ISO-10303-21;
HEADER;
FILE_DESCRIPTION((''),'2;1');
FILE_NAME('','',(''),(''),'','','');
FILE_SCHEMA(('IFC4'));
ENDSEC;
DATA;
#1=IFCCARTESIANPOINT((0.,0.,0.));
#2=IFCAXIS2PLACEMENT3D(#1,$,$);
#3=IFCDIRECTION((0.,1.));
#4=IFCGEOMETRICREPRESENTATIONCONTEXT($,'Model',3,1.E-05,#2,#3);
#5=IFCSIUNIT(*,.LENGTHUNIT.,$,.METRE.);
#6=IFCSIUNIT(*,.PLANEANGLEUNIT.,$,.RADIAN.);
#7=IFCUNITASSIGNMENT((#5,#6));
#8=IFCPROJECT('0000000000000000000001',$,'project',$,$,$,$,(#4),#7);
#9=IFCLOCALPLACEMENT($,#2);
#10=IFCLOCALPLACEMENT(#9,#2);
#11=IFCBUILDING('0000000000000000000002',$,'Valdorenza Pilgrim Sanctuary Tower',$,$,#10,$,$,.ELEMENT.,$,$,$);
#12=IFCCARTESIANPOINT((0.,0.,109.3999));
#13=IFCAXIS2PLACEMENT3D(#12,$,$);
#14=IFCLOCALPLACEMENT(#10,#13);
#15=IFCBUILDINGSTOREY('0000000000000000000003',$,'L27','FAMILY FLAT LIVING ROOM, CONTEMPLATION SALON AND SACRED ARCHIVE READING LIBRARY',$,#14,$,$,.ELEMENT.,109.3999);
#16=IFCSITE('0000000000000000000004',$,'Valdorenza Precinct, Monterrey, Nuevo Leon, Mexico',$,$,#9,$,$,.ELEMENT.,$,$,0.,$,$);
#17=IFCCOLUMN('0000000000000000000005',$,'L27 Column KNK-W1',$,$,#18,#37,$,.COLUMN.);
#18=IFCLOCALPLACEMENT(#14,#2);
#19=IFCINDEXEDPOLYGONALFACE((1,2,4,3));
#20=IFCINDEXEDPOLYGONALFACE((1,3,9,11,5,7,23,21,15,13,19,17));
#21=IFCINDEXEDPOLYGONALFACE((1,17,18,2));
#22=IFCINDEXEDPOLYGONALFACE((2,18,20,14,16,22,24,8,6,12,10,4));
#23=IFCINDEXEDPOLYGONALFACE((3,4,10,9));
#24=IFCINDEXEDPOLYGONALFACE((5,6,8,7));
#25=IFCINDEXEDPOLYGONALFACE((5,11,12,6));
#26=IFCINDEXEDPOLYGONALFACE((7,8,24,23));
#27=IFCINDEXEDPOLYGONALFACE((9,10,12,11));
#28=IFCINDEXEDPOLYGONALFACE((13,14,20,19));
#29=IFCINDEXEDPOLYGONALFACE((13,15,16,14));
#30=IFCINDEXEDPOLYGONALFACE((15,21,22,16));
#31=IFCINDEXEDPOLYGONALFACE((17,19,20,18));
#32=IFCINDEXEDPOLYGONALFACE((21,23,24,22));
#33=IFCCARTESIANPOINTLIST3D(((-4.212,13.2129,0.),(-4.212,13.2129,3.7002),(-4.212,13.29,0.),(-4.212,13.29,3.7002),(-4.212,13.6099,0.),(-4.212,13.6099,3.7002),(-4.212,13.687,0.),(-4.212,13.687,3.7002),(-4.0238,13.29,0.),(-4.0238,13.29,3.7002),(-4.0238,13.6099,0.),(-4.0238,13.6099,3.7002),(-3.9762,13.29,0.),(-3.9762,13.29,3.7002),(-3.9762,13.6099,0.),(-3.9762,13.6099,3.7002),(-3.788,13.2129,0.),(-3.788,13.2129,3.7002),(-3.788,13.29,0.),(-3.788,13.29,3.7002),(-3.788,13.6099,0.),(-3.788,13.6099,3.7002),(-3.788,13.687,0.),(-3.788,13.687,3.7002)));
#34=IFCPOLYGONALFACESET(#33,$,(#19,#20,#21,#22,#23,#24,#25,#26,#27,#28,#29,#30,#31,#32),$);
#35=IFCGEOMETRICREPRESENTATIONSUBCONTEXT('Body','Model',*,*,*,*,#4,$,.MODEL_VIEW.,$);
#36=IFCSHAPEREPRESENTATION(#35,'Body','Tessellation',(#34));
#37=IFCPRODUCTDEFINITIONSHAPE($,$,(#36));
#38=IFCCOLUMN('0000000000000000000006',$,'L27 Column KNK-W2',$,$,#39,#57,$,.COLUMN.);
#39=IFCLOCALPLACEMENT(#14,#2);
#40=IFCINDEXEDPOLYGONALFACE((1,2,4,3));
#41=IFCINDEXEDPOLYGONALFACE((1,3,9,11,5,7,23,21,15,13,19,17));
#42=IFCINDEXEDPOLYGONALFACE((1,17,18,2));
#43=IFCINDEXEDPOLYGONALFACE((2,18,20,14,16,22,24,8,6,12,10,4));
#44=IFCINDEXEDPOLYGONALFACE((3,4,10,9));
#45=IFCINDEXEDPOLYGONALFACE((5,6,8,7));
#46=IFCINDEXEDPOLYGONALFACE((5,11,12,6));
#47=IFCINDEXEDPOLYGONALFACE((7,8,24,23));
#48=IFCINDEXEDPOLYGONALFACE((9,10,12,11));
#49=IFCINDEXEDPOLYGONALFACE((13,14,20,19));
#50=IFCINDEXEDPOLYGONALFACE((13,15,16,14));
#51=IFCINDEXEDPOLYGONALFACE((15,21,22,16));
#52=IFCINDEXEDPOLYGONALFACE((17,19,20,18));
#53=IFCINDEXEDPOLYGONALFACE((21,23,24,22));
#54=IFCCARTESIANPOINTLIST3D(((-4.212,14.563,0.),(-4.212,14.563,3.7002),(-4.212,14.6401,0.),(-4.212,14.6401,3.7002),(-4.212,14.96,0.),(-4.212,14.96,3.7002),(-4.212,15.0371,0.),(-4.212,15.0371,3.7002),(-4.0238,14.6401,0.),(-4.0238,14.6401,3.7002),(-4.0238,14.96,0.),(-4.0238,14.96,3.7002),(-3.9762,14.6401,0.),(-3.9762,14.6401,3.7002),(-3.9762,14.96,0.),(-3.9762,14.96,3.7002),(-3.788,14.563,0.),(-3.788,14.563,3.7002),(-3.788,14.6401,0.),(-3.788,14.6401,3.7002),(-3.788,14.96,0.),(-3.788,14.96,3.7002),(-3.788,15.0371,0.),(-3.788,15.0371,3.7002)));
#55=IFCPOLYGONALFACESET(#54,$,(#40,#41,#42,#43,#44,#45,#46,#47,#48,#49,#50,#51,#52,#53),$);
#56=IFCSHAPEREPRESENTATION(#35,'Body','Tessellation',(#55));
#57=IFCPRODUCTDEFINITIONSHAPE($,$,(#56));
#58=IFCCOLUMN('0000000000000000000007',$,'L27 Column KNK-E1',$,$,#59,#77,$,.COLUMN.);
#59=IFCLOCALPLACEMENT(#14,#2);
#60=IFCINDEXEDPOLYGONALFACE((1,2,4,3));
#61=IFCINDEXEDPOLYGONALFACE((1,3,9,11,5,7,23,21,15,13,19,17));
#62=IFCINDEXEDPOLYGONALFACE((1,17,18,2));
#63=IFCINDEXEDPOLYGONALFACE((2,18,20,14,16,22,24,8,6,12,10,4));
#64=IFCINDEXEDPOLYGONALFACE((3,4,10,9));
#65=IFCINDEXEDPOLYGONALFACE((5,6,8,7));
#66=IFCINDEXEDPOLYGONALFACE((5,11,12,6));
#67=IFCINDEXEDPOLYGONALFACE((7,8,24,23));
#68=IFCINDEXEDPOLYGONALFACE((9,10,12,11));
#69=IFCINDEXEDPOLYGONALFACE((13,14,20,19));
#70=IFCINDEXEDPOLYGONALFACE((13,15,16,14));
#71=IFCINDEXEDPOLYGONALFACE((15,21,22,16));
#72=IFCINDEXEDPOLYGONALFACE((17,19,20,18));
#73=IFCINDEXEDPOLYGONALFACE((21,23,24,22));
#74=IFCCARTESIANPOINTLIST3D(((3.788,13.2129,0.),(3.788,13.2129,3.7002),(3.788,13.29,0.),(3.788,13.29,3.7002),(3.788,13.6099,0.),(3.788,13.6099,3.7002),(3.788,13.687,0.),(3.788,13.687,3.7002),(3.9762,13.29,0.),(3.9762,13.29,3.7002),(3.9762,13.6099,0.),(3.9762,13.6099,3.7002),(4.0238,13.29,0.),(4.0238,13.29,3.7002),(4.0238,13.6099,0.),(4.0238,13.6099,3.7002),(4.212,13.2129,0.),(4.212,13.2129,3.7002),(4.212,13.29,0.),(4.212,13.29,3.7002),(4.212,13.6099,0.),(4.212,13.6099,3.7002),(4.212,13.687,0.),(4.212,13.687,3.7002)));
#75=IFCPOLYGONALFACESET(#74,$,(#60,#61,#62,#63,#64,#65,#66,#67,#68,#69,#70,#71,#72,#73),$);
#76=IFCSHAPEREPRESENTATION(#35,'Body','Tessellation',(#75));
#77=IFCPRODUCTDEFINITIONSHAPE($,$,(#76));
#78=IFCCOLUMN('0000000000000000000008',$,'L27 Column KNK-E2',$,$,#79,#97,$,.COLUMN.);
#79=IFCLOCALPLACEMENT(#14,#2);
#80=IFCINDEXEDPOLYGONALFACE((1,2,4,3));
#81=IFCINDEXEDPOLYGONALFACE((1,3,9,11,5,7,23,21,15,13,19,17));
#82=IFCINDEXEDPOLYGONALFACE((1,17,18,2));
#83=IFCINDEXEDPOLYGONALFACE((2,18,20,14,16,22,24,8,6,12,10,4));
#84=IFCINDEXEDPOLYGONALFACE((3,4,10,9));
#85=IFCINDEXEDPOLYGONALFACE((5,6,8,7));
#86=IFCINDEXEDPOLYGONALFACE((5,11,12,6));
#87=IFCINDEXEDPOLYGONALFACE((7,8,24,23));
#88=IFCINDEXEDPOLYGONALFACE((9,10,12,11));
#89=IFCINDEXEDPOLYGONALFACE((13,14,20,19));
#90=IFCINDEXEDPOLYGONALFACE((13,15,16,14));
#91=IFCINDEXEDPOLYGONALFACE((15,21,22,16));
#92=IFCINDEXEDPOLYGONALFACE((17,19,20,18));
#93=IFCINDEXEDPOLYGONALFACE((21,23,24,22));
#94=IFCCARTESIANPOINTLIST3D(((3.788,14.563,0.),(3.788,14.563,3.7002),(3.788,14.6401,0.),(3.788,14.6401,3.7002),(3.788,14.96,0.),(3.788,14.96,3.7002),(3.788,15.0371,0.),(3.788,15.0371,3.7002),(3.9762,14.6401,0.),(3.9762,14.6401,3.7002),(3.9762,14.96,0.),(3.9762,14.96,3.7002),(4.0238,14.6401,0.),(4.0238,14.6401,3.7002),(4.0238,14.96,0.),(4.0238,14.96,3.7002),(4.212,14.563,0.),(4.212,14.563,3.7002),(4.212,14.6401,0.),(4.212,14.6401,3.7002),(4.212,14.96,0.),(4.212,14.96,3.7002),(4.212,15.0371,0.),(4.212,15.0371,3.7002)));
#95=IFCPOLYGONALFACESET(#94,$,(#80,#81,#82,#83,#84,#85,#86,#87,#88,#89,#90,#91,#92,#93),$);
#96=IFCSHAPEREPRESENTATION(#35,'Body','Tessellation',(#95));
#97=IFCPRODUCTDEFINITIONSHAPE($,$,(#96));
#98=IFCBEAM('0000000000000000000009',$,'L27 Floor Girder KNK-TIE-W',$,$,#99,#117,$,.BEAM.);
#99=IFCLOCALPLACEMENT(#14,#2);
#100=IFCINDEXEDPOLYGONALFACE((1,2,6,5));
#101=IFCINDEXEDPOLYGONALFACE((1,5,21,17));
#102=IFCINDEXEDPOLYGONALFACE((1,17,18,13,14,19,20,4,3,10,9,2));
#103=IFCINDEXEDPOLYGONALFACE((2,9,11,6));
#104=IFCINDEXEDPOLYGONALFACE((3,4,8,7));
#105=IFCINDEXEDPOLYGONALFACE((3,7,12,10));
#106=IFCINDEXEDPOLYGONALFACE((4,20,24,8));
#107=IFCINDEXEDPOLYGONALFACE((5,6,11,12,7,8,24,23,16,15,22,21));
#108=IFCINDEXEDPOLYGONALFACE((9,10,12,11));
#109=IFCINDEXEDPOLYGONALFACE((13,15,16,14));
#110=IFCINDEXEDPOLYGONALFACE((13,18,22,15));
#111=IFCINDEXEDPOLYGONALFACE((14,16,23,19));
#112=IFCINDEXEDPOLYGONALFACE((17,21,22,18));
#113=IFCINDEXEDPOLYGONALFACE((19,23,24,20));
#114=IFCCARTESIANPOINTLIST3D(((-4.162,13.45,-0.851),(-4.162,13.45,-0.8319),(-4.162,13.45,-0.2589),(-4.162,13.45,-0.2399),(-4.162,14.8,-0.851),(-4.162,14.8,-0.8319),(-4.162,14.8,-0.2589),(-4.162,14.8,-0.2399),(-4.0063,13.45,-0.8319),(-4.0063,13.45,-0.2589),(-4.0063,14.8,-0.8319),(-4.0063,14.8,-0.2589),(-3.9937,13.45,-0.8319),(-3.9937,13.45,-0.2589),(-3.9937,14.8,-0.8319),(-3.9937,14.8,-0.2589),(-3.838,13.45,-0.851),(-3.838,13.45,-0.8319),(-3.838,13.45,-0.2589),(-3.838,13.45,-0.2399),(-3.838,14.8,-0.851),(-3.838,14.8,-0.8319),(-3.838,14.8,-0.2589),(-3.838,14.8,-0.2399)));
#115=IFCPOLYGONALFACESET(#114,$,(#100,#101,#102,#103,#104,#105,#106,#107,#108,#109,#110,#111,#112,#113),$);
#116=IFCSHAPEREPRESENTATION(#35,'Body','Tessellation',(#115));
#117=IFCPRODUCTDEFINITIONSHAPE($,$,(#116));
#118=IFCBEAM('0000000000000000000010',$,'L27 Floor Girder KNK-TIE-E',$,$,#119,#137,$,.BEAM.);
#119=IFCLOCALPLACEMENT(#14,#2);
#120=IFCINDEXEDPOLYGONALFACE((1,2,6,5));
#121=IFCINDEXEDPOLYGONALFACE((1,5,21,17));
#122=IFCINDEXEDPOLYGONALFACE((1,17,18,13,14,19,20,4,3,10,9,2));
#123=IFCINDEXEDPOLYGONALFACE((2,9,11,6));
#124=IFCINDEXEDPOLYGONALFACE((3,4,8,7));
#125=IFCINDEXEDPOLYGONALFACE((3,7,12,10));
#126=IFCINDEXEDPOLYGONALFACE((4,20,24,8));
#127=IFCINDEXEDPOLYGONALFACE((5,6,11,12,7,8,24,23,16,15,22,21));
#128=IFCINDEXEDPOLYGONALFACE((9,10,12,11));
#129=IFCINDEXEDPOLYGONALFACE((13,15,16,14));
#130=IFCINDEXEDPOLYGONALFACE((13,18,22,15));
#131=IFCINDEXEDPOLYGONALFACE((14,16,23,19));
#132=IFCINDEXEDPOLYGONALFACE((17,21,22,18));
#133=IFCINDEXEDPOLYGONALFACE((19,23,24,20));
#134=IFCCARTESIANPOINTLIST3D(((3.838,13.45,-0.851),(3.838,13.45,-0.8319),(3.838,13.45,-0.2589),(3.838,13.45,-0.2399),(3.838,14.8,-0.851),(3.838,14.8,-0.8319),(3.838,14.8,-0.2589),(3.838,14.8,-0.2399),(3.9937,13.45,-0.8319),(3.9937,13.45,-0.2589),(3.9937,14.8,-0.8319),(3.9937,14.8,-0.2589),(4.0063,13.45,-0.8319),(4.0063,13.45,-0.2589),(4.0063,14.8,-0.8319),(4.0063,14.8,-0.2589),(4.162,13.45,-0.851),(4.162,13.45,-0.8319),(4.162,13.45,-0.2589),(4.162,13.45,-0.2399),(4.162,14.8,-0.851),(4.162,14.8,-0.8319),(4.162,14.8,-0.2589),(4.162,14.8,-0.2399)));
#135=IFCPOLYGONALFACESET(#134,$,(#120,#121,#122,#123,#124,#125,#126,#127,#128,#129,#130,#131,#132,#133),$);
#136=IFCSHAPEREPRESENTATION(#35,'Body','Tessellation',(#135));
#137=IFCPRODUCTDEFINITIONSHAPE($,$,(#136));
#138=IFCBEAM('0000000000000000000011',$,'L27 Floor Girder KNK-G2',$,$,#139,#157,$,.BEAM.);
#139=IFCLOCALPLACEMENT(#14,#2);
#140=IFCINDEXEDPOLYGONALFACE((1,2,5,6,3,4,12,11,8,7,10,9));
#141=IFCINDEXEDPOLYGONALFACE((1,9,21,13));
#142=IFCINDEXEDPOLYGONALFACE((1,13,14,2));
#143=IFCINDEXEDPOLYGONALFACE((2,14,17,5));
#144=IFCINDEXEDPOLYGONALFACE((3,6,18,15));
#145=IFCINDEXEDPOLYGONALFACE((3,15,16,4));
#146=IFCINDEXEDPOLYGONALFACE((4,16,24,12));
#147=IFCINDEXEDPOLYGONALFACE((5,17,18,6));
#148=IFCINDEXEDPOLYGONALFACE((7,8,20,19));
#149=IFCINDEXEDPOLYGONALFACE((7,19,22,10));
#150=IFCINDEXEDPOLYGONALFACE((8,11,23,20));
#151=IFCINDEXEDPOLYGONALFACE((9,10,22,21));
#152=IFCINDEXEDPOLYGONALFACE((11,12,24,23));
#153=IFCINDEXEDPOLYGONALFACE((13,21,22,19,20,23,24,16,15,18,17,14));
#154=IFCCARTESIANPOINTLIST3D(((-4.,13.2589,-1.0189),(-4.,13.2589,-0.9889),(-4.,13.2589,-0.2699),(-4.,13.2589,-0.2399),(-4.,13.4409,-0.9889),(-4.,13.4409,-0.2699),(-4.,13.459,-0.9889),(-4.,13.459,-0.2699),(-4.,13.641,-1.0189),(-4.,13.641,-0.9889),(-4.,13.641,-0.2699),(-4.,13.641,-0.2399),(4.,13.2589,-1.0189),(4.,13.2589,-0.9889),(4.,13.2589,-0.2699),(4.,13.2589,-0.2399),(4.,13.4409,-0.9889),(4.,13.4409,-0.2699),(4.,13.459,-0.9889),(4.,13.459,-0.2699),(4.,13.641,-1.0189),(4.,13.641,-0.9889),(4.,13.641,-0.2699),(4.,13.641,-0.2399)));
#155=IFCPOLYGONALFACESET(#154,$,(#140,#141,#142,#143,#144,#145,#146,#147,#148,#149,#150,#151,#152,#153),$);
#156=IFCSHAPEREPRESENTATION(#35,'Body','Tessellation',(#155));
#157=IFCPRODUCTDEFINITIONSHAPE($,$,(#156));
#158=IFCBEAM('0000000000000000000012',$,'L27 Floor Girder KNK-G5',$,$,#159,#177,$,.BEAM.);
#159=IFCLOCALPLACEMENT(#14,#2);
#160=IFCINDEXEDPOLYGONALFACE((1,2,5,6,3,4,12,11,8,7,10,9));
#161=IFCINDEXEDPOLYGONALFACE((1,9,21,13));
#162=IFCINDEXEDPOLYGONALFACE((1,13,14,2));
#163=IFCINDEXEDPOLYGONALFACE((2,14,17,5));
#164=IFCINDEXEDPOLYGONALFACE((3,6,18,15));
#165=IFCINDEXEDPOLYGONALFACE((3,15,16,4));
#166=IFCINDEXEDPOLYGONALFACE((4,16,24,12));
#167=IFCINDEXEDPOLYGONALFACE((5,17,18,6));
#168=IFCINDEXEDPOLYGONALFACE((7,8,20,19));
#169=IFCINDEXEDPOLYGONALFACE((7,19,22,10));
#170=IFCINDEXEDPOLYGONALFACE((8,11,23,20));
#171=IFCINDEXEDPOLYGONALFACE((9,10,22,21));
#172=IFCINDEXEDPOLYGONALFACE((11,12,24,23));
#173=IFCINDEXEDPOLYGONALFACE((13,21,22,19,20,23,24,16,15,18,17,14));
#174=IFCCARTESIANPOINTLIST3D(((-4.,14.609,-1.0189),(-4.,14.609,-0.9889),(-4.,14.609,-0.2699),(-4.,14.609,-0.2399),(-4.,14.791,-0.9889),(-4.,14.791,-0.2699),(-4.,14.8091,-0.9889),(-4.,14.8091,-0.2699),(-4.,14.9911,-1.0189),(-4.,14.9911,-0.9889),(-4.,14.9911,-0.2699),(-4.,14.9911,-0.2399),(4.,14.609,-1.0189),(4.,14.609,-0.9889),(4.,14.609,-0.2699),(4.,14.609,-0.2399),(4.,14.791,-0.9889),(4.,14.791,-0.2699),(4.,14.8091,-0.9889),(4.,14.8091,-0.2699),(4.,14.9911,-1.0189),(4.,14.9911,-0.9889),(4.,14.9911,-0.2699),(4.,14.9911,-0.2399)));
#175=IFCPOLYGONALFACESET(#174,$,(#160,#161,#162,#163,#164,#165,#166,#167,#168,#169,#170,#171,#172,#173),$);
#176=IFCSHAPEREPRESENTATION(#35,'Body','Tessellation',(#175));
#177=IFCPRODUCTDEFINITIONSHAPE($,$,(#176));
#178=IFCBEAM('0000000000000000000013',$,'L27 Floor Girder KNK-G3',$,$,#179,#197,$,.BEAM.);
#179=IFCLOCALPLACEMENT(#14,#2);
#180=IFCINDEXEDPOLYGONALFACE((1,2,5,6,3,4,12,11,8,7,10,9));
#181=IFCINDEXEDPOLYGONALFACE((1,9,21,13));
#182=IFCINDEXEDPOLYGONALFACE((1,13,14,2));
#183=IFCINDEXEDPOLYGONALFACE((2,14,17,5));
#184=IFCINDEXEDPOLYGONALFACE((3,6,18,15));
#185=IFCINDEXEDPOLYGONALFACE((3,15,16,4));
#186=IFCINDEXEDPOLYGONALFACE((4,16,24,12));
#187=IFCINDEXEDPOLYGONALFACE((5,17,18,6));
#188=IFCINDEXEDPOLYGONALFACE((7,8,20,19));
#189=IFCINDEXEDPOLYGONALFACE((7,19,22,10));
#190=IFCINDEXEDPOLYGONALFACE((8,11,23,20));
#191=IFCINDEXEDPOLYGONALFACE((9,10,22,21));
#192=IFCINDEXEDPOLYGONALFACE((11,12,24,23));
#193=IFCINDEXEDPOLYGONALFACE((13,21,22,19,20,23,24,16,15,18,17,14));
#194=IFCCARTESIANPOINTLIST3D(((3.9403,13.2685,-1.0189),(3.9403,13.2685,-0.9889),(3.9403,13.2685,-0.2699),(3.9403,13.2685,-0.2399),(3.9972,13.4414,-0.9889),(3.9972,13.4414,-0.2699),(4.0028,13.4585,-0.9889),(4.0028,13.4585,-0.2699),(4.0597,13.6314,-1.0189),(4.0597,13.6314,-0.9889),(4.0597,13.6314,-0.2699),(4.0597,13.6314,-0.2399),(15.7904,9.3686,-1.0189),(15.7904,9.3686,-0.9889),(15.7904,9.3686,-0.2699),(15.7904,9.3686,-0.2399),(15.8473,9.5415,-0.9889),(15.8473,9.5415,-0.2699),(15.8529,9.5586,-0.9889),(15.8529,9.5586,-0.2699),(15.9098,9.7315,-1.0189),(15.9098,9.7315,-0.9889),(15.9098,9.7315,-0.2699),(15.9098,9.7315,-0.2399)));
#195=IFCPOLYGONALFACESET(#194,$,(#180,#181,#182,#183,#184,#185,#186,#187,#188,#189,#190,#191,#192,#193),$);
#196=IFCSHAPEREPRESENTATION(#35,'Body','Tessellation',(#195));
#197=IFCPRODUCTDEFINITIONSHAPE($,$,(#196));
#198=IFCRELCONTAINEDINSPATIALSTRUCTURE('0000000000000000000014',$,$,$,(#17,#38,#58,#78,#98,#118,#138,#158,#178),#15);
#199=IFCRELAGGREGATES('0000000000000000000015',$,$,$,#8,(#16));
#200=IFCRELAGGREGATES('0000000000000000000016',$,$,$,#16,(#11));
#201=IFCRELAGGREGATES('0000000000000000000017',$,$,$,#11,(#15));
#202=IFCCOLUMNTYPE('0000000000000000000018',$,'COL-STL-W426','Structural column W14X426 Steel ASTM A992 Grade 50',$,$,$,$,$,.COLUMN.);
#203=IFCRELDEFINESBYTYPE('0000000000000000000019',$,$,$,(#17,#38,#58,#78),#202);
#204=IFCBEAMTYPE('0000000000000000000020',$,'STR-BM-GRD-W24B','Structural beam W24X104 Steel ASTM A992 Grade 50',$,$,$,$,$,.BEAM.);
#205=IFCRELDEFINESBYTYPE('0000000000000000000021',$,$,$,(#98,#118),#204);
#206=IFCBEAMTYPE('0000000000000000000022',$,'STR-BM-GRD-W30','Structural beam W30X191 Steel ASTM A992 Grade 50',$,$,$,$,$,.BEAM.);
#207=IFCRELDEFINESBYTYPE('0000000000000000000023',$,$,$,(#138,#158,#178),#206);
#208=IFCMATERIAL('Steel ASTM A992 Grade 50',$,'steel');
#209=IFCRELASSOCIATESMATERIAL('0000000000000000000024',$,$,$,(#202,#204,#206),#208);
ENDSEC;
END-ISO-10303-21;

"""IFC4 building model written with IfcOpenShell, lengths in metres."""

from ifc_helpers import new_model, si_unit, direction, frame, origin, origin_2d, place, context, subcontext, project, spatial, i_section, extrude, source, transform, mapped, material, material_profile, profile_set, type_object, element, save


model = new_model("IFC4")

# Units and contexts
model_context = context("Model", 3, precision=1e-05, world=origin(), true_north=direction((0.0, 1.0)))
body_context = subcontext(model_context, "Body", "Model", "MODEL_VIEW")
ifc_project = project(units=[si_unit("LENGTHUNIT", "METRE"), si_unit("PLANEANGLEUNIT", "RADIAN")], contexts=[model_context])

# Site, building, storey
site_placement = place(None, origin())
site = spatial("IfcSite", under=ifc_project, at=site_placement, Name="Valdorenza Precinct, Monterrey, Nuevo Leon, Mexico", CompositionType="ELEMENT", RefElevation=0.0)
building_placement = place(site_placement, origin())
building = spatial("IfcBuilding", under=site, at=building_placement, Name="Valdorenza Pilgrim Sanctuary Tower", CompositionType="ELEMENT")
storey_placement = place(building_placement, frame((0.0, 0.0, 109.3999)))
storey = spatial("IfcBuildingStorey", under=building, at=storey_placement, Name="L27", Description="FAMILY FLAT LIVING ROOM, CONTEMPLATION SALON AND SACRED ARCHIVE READING LIBRARY", CompositionType="ELEMENT", Elevation=109.3999)

# Columns
ifc_material_1 = material(Name="Steel ASTM A992 Grade 50", Category="steel")
ifc_material_profile_1 = material_profile(ifc_material_1, i_section(OverallWidth=0.4241, OverallDepth=0.4741, WebThickness=0.0476, FlangeThickness=0.0771, at=origin_2d()), Name="W14X426")
ifc_profile_set_1 = profile_set([ifc_material_profile_1], Name="Steel ASTM A992 Grade 50")
column_type = type_object("IfcColumnType", Name="COL-STL-W426", Description="Structural column W14X426 Steel ASTM A992 Grade 50", PredefinedType="COLUMN", material=ifc_profile_set_1)
shared_shape_1 = source(origin(), body_context, "Body", "SweptSolid", [
    extrude(i_section(OverallWidth=0.4241, OverallDepth=0.4741, WebThickness=0.0476, FlangeThickness=0.0771, at=origin_2d()), origin(), (0.0, 0.0, 1.0), 3.7002),
])
for number, where, z_axis, x_axis, name in (
    (1, (-4.0, 13.45, 0.0), (0.0, 0.0, 1.0), (1.0, 0.0, 0.0), "L27 Column KNK-W1"),
    (2, (-4.0, 14.8, 0.0), (0.0, 0.0, 1.0), (1.0, 0.0, 0.0), "L27 Column KNK-W2"),
    (3, (4.0, 13.45, 0.0), (0.0, 0.0, 1.0), (1.0, 0.0, 0.0), "L27 Column KNK-E1"),
    (4, (4.0, 14.8, 0.0), (0.0, 0.0, 1.0), (1.0, 0.0, 0.0), "L27 Column KNK-E2"),
):
    element("IfcColumn", number, at=place(storey_placement, frame(where, z_axis=z_axis, x_axis=x_axis)), inside=storey, type_object=column_type, Name=name, PredefinedType="COLUMN", context=body_context, shape_type="MappedRepresentation", body=[
        mapped(shared_shape_1, transform((0.0, 0.0, 0.0), x_axis=(1.0, 0.0, 0.0), y_axis=(0.0, 1.0, 0.0), z_axis=(0.0, 0.0, 1.0), scale=1.0)),
    ])

# Beams
ifc_material_profile_2 = material_profile(ifc_material_1, i_section(OverallWidth=0.324, OverallDepth=0.6111, WebThickness=0.0127, FlangeThickness=0.019, at=origin_2d()), Name="W24X104")
ifc_profile_set_2 = profile_set([ifc_material_profile_2], Name="Steel ASTM A992 Grade 50")
beam_type_1 = type_object("IfcBeamType", Name="STR-BM-GRD-W24B", Description="Structural beam W24X104 Steel ASTM A992 Grade 50", PredefinedType="BEAM", material=ifc_profile_set_2)
shared_shape_2 = source(origin(), body_context, "Body", "SweptSolid", [
    extrude(i_section(OverallWidth=0.324, OverallDepth=0.6111, WebThickness=0.0127, FlangeThickness=0.019, at=origin_2d()), origin(), (0.0, 0.0, 1.0), 1.3501),
])
for number, where, z_axis, x_axis, name in (
    (5, (-4.0, 13.45, -0.5454), (0.0, 1.0, 0.0), (-1.0, 0.0, 0.0), "L27 Floor Girder KNK-TIE-W"),
    (6, (4.0, 13.45, -0.5454), (0.0, 1.0, 0.0), (-1.0, 0.0, 0.0), "L27 Floor Girder KNK-TIE-E"),
):
    element("IfcBeam", number, at=place(storey_placement, frame(where, z_axis=z_axis, x_axis=x_axis)), inside=storey, type_object=beam_type_1, Name=name, PredefinedType="BEAM", context=body_context, shape_type="MappedRepresentation", body=[
        mapped(shared_shape_2, transform((0.0, 0.0, 0.0), x_axis=(1.0, 0.0, 0.0), y_axis=(0.0, 1.0, 0.0), z_axis=(0.0, 0.0, 1.0), scale=1.0)),
    ])
ifc_material_profile_3 = material_profile(ifc_material_1, i_section(OverallWidth=0.3821, OverallDepth=0.7791, WebThickness=0.0181, FlangeThickness=0.03, at=origin_2d()), Name="W30X191")
ifc_profile_set_3 = profile_set([ifc_material_profile_3], Name="Steel ASTM A992 Grade 50")
beam_type_2 = type_object("IfcBeamType", Name="STR-BM-GRD-W30", Description="Structural beam W30X191 Steel ASTM A992 Grade 50", PredefinedType="BEAM", material=ifc_profile_set_3)
shared_shape_3 = source(origin(), body_context, "Body", "SweptSolid", [
    extrude(i_section(OverallWidth=0.3821, OverallDepth=0.7791, WebThickness=0.0181, FlangeThickness=0.03, at=origin_2d()), origin(), (0.0, 0.0, 1.0), 8.0),
])
for number, where, z_axis, x_axis, name in (
    (7, (-4.0, 13.45, -0.6294), (1.0, 0.0, 0.0), (0.0, 1.0, 0.0), "L27 Floor Girder KNK-G2"),
    (8, (-4.0, 14.8, -0.6294), (1.0, 0.0, 0.0), (0.0, 1.0, 0.0), "L27 Floor Girder KNK-G5"),
):
    element("IfcBeam", number, at=place(storey_placement, frame(where, z_axis=z_axis, x_axis=x_axis)), inside=storey, type_object=beam_type_2, Name=name, PredefinedType="BEAM", context=body_context, shape_type="MappedRepresentation", body=[
        mapped(shared_shape_3, transform((0.0, 0.0, 0.0), x_axis=(1.0, 0.0, 0.0), y_axis=(0.0, 1.0, 0.0), z_axis=(0.0, 0.0, 1.0), scale=1.0)),
    ])
shared_shape_4 = source(origin(), body_context, "Body", "SweptSolid", [
    extrude(i_section(OverallWidth=0.3821, OverallDepth=0.7791, WebThickness=0.0181, FlangeThickness=0.03, at=origin_2d()), origin(), (0.0, 0.0, 1.0), 12.4753),
])
beam_1_placement = place(storey_placement, frame((4.0, 13.45, -0.6294), z_axis=(0.949882, -0.312609, 0.0), x_axis=(0.312609, 0.949882, 0.0)))
element("IfcBeam", 9, at=beam_1_placement, inside=storey, type_object=beam_type_2, Name="L27 Floor Girder KNK-G3", PredefinedType="BEAM", context=body_context, shape_type="MappedRepresentation", body=[
    mapped(shared_shape_4, transform((0.0, 0.0, 0.0), x_axis=(1.0, 0.0, 0.0), y_axis=(0.0, 1.0, 0.0), z_axis=(0.0, 0.0, 1.0), scale=1.0)),
])

save(model, "model.ifc")
